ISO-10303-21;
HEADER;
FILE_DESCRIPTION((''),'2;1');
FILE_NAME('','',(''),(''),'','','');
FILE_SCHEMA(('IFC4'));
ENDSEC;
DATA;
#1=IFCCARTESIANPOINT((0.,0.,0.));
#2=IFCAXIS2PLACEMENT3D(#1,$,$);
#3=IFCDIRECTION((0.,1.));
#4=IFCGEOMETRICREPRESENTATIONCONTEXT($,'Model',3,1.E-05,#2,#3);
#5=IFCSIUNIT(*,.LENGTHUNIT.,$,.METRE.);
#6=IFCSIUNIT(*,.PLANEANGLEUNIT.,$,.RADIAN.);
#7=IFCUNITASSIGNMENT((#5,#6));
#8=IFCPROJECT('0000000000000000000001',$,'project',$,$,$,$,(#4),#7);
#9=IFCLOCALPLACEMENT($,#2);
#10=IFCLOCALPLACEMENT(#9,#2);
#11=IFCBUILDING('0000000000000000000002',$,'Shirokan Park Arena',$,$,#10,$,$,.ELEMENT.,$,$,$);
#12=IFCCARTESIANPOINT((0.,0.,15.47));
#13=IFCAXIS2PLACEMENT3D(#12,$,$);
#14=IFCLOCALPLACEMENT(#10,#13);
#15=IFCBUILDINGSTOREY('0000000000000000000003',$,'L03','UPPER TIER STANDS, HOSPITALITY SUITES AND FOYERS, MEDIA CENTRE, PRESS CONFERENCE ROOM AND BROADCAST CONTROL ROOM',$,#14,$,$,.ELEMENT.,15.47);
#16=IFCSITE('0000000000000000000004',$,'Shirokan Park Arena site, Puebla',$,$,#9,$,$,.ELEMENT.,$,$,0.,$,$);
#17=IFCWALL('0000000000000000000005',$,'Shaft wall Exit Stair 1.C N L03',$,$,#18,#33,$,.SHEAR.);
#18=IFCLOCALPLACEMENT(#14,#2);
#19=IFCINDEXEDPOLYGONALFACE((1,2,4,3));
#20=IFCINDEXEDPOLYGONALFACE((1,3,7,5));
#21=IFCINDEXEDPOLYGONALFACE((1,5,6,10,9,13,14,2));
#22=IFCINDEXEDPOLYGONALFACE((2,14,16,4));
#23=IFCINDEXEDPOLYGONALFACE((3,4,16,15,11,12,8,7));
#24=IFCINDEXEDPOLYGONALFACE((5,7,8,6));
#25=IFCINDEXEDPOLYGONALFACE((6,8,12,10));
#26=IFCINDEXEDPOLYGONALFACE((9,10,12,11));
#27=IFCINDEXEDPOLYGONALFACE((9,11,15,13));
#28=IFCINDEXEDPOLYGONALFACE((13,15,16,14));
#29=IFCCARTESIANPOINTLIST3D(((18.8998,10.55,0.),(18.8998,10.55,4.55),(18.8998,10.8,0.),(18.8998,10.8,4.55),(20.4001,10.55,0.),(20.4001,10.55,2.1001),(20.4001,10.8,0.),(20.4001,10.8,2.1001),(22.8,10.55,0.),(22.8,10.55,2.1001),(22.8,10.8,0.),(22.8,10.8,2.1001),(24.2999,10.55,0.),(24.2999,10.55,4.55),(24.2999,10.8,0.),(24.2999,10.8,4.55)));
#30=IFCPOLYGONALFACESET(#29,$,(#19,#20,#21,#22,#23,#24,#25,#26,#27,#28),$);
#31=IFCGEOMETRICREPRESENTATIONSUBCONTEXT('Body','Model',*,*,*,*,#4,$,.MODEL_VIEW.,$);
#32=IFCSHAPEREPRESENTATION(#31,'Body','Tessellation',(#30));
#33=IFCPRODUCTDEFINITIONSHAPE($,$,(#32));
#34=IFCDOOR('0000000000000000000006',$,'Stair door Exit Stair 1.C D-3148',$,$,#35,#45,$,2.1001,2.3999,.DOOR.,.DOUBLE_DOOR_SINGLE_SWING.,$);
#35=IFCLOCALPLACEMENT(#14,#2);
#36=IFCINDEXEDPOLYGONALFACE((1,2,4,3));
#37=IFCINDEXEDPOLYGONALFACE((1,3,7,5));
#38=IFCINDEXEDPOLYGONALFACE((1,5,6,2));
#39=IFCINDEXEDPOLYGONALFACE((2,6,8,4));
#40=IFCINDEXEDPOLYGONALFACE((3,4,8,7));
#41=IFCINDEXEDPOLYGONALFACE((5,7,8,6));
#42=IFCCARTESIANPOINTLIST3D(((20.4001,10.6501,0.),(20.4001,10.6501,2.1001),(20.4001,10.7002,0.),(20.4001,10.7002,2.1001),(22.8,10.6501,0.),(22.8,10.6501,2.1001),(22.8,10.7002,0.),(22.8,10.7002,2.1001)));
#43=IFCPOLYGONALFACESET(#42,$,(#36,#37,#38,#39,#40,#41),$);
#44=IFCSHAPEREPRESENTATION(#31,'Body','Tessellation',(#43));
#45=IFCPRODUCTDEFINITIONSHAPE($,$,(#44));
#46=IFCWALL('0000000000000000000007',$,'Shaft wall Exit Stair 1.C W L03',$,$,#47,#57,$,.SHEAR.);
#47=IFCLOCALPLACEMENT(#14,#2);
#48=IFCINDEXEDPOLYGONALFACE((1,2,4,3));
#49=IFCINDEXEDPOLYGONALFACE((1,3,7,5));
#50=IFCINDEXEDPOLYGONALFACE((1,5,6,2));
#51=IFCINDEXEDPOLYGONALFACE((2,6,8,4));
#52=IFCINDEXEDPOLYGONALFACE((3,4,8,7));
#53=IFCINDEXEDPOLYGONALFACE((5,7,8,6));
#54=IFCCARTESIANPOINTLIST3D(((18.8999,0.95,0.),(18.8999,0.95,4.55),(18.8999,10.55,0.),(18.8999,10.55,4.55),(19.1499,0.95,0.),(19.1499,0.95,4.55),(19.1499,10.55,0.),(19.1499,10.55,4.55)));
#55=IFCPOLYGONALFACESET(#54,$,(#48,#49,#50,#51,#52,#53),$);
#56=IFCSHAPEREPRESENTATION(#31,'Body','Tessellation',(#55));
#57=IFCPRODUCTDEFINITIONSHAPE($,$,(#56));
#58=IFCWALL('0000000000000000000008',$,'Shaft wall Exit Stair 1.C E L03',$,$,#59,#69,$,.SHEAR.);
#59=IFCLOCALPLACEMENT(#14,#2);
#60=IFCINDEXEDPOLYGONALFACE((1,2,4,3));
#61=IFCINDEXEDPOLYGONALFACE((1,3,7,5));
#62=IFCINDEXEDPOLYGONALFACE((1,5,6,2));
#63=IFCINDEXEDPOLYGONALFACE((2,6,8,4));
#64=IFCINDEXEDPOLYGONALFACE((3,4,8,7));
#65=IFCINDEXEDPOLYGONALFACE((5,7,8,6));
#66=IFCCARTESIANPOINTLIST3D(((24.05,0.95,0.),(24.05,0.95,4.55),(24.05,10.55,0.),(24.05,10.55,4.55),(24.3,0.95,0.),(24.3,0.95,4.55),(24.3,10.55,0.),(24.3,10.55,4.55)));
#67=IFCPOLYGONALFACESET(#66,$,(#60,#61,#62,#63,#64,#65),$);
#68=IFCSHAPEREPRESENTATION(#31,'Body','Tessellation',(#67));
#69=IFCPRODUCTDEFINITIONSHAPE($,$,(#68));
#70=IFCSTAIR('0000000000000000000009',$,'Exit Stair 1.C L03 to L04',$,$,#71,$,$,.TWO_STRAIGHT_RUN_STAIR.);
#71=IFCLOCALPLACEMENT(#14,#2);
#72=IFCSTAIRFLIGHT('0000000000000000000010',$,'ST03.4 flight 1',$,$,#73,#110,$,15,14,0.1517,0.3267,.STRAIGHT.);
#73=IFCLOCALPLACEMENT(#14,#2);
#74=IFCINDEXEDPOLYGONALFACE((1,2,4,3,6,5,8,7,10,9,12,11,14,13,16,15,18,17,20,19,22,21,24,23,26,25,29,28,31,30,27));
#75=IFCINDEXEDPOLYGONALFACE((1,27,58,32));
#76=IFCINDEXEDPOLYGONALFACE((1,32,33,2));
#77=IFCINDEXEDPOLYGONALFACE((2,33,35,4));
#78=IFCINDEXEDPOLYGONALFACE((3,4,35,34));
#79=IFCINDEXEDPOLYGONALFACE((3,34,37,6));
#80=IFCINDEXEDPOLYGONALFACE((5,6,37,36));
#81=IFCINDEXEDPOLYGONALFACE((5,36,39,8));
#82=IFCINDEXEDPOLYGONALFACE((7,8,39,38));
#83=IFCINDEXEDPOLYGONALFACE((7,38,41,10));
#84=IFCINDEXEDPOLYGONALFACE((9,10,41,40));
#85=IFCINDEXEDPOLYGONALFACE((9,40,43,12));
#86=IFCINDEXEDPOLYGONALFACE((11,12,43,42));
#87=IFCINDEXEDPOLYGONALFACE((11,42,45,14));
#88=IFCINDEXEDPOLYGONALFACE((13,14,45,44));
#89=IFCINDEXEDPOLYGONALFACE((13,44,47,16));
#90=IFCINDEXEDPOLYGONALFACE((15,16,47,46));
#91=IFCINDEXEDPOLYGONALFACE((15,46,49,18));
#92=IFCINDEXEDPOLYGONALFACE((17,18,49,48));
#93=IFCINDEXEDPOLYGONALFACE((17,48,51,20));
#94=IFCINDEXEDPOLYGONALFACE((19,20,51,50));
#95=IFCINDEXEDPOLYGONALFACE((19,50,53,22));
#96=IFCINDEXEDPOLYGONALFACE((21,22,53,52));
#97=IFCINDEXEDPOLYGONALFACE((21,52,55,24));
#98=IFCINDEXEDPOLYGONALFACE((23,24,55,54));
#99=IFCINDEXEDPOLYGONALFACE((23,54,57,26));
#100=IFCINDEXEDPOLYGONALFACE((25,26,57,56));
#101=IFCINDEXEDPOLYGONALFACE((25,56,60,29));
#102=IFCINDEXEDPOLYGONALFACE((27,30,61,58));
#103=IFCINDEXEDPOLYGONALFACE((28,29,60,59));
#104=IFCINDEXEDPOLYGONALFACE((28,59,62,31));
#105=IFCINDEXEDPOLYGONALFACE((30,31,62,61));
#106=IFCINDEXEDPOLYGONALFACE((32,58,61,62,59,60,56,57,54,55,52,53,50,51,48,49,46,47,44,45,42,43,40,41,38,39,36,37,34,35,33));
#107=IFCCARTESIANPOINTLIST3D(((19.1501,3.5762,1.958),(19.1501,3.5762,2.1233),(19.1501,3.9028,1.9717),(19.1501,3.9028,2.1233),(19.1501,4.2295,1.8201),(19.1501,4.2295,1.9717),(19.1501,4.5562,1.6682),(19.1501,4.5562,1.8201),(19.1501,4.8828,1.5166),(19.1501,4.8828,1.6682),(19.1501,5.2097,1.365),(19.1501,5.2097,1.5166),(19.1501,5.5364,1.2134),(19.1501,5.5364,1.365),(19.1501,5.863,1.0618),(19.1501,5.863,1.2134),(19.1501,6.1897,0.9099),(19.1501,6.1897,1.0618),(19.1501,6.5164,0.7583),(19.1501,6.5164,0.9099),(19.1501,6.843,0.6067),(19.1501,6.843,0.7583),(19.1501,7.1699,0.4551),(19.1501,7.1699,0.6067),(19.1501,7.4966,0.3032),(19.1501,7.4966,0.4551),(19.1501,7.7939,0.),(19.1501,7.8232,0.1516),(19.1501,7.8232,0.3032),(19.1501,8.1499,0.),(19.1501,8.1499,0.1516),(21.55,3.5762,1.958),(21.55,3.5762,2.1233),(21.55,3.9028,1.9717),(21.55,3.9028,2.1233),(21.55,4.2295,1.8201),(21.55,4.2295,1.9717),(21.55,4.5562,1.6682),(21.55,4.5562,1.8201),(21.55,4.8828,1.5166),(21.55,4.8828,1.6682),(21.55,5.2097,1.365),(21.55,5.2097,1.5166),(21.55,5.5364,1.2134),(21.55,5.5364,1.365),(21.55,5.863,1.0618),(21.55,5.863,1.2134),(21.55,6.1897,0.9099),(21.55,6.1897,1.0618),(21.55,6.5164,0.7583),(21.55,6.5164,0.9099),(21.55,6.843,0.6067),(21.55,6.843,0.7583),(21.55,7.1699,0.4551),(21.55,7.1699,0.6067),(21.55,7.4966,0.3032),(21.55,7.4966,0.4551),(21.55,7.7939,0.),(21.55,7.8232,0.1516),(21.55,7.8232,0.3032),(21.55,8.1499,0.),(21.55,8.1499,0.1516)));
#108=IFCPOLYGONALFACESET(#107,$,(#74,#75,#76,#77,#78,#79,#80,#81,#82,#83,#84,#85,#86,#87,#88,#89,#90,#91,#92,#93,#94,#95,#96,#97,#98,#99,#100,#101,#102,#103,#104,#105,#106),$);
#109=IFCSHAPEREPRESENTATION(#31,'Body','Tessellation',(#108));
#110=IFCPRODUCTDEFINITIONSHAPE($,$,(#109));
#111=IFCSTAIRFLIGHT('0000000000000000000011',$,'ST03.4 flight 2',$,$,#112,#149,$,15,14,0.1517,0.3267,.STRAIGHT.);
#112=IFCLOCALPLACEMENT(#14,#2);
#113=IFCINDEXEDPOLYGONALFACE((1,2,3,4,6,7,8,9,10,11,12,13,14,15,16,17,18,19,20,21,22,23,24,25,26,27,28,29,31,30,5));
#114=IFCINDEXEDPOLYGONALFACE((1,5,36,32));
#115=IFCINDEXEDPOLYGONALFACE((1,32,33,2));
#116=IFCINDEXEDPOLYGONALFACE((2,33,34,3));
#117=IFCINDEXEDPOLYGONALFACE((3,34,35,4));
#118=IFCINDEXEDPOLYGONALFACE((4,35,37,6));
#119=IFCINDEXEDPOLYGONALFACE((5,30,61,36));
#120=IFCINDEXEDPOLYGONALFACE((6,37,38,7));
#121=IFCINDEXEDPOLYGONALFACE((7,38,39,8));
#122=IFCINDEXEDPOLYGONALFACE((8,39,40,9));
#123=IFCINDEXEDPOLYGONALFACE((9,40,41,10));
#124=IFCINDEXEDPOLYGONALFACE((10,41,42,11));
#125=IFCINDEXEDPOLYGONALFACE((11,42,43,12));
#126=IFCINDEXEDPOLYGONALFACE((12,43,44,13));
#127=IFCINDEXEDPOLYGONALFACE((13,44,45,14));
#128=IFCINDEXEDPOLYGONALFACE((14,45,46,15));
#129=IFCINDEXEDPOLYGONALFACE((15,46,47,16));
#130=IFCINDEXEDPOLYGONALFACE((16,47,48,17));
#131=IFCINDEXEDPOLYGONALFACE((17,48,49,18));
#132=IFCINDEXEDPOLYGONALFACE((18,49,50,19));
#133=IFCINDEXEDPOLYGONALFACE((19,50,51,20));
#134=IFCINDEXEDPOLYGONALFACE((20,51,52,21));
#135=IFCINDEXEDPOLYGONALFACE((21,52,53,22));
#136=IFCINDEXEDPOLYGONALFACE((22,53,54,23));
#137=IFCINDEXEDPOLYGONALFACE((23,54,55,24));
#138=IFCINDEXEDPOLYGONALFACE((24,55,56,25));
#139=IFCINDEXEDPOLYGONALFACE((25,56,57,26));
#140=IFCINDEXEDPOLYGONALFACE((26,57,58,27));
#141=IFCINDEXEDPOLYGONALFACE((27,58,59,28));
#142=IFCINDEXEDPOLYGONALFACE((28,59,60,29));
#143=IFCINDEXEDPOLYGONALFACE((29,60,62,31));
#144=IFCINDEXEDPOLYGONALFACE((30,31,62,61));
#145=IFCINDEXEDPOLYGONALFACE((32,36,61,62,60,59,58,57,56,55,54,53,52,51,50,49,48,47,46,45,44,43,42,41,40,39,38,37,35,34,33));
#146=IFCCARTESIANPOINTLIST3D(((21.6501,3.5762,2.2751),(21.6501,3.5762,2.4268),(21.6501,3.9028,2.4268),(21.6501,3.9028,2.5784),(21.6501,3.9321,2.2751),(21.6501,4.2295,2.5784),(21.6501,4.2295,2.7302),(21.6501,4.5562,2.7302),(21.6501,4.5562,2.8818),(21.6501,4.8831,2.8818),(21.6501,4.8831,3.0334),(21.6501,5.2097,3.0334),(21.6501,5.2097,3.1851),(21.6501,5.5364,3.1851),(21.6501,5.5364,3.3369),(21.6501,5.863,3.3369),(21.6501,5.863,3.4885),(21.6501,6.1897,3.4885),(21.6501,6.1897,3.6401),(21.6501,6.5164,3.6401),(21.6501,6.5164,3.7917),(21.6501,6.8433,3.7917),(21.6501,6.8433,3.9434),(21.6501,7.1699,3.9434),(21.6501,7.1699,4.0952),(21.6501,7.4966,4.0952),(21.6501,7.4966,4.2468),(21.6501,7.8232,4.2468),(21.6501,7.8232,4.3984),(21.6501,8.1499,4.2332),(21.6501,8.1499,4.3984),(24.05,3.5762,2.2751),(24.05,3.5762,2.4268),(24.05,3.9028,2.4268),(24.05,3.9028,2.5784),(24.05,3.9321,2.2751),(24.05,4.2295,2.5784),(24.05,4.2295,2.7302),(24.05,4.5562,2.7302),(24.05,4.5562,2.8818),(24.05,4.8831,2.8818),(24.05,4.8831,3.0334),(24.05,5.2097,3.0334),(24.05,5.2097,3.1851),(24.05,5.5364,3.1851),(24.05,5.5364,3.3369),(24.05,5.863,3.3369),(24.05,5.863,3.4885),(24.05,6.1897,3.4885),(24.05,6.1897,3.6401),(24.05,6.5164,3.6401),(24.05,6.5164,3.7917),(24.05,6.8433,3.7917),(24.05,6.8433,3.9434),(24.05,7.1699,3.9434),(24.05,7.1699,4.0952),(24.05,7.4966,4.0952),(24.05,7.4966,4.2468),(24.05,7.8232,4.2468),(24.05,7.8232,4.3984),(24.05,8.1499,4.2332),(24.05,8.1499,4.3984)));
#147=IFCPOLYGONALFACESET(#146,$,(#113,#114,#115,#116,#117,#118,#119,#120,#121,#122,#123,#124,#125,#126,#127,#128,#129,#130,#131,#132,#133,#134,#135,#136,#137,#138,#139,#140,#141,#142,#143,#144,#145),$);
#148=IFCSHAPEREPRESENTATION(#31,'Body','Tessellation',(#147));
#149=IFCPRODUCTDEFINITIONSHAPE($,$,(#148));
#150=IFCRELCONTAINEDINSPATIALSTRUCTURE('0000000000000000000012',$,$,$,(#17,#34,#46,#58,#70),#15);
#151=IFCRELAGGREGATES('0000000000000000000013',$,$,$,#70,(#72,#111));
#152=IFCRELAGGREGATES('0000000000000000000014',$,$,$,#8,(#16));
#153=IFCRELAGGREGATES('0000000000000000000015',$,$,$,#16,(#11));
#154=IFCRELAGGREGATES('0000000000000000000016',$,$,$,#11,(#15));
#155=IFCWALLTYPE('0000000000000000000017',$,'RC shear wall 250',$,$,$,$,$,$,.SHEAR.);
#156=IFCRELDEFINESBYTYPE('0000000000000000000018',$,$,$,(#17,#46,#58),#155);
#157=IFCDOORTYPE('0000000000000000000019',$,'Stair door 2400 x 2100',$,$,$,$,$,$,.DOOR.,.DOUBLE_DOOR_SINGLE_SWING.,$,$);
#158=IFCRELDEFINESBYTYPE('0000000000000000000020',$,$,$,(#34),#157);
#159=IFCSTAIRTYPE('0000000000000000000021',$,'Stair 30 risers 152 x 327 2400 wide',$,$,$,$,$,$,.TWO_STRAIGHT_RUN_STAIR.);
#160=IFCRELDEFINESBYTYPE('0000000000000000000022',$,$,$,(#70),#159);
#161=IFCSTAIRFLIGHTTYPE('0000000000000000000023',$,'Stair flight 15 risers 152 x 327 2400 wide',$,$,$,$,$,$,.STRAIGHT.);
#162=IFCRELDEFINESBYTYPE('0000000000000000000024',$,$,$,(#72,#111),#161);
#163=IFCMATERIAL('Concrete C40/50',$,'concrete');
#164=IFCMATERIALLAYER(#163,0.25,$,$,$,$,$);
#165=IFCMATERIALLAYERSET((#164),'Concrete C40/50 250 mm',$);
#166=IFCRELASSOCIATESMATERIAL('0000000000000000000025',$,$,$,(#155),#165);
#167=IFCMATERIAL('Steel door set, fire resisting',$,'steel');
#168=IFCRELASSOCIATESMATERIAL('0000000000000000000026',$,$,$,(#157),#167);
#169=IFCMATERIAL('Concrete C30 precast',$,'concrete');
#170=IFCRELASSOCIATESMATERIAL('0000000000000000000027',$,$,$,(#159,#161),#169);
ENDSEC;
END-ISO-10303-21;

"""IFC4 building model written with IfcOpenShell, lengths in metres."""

from ifc_helpers import new_model, si_unit, direction, frame, frame_2d, origin, place, context, subcontext, project, spatial, polyline, rectangle, outline, extrude, material, layer, layer_set, type_object, element, fill, aggregate, save


model = new_model("IFC4")

# Units and contexts
model_context = context("Model", 3, precision=1e-05, world=origin(), true_north=direction((0.0, 1.0)))
body_context = subcontext(model_context, "Body", "Model", "MODEL_VIEW")
ifc_project = project(units=[si_unit("LENGTHUNIT", "METRE"), si_unit("PLANEANGLEUNIT", "RADIAN")], contexts=[model_context])

# Site, building, storey
site_placement = place(None, origin())
site = spatial("IfcSite", under=ifc_project, at=site_placement, Name="Shirokan Park Arena site, Puebla", CompositionType="ELEMENT", RefElevation=0.0)
building_placement = place(site_placement, origin())
building = spatial("IfcBuilding", under=site, at=building_placement, Name="Shirokan Park Arena", CompositionType="ELEMENT")
storey_placement = place(building_placement, frame((0.0, 0.0, 15.47)))
storey = spatial("IfcBuildingStorey", under=building, at=storey_placement, Name="L03", Description="UPPER TIER STANDS, HOSPITALITY SUITES AND FOYERS, MEDIA CENTRE, PRESS CONFERENCE ROOM AND BROADCAST CONTROL ROOM", CompositionType="ELEMENT", Elevation=15.47)

# Wall, opening, door
ifc_material_1 = material(Name="Concrete C40/50", Category="concrete")
ifc_layer_1 = layer(ifc_material_1, 0.25)
ifc_layer_set_1 = layer_set([ifc_layer_1], Name="Concrete C40/50 250 mm")
wall_type_1 = type_object("IfcWallType", Name="RC shear wall 250", PredefinedType="SHEAR", material=ifc_layer_set_1)
wall_1_placement = place(storey_placement, frame((24.3, 10.675, 0.0), z_axis=(0.0, 0.0, 1.0), x_axis=(-1.0, 0.0, 0.0)))
wall_1 = element("IfcWall", 1, at=wall_1_placement, inside=storey, type_object=wall_type_1, Name="Shaft wall Exit Stair 1.C N L03", PredefinedType="SHEAR", context=body_context, shape_type="SweptSolid", body=[
    extrude(rectangle(XDim=5.4001, YDim=0.25, at=frame_2d((2.7002, 0.0))), origin(), (0.0, 0.0, 1.0), 4.55),
])
opening_1_placement = place(wall_1_placement, frame((1.5, 0.0, 0.0)))
opening_1 = element("IfcOpeningElement", 2, at=opening_1_placement, cuts=wall_1, PredefinedType="OPENING", context=body_context, shape_type="SweptSolid", body=[
    extrude(rectangle(XDim=2.3999, YDim=2.1001, at=frame_2d((1.2, 1.05))), frame((0.0, 0.135, 0.0), z_axis=(0.0, -1.0, 0.0), x_axis=(1.0, 0.0, 0.0)), (0.0, 0.0, 1.0), 0.27),
])
ifc_material_2 = material(Name="Steel door set, fire resisting", Category="steel")
door_type_1 = type_object("IfcDoorType", Name="Stair door 2400 x 2100", OperationType="DOUBLE_DOOR_SINGLE_SWING", PredefinedType="DOOR", material=ifc_material_2)
door_1_placement = place(opening_1_placement, origin())
door_1 = element("IfcDoor", 3, at=door_1_placement, inside=storey, type_object=door_type_1, Name="Stair door Exit Stair 1.C D-3148", OperationType="DOUBLE_DOOR_SINGLE_SWING", OverallHeight=2.1001, OverallWidth=2.3999, PredefinedType="DOOR", context=body_context, shape_type="SweptSolid", body=[
    extrude(rectangle(XDim=2.3999, YDim=2.1001, at=frame_2d((1.2, 1.05))), frame((0.0, 0.0249, 0.0), z_axis=(0.0, -1.0, 0.0), x_axis=(1.0, 0.0, 0.0)), (0.0, 0.0, 1.0), 0.05),
])
fill(opening_1, door_1)

# Walls
for number, where, z_axis, x_axis, name in (
    (4, (19.0249, 10.55, 0.0), (0.0, 0.0, 1.0), (0.0, -1.0, 0.0), "Shaft wall Exit Stair 1.C W L03"),
    (5, (24.175, 10.55, 0.0), (0.0, 0.0, 1.0), (0.0, -1.0, 0.0), "Shaft wall Exit Stair 1.C E L03"),
):
    element("IfcWall", number, at=place(storey_placement, frame(where, z_axis=z_axis, x_axis=x_axis)), inside=storey, type_object=wall_type_1, Name=name, PredefinedType="SHEAR", context=body_context, shape_type="SweptSolid", body=[
        extrude(rectangle(XDim=9.6001, YDim=0.25, at=frame_2d((4.8, 0.0))), origin(), (0.0, 0.0, 1.0), 4.55),
    ])

# Stair, stair flights
ifc_material_3 = material(Name="Concrete C30 precast", Category="concrete")
stair_type = type_object("IfcStairType", Name="Stair 30 risers 152 x 327 2400 wide", PredefinedType="TWO_STRAIGHT_RUN_STAIR", material=ifc_material_3)
stair_placement = place(storey_placement, origin())
stair = element("IfcStair", 6, at=stair_placement, inside=storey, type_object=stair_type, Name="Exit Stair 1.C L03 to L04", PredefinedType="TWO_STRAIGHT_RUN_STAIR")
stair_flight_type = type_object("IfcStairFlightType", Name="Stair flight 15 risers 152 x 327 2400 wide", PredefinedType="STRAIGHT", material=ifc_material_3)
stair_flight_1_placement = place(storey_placement, frame((20.3501, 8.1499, 0.0), z_axis=(0.0, 0.0, 1.0), x_axis=(0.0, -1.0, 0.0)))
stair_flight_1 = element("IfcStairFlight", 7, at=stair_flight_1_placement, type_object=stair_flight_type, Name="ST03.4 flight 1", NumberOfRisers=15, NumberOfTreads=14, PredefinedType="STRAIGHT", RiserHeight=0.1517, TreadLength=0.3267, context=body_context, shape_type="SweptSolid", body=[
    extrude(outline(polyline([(0.0, 0.0), (0.0, 0.1516), (0.3267, 0.1516), (0.3267, 0.3032), (0.6533, 0.3032), (0.6533, 0.4551), (0.98, 0.4551), (0.98, 0.6067), (1.3069, 0.6067), (1.3069, 0.7583), (1.6335, 0.7583), (1.6335, 0.9099), (1.9602, 0.9099), (1.9602, 1.0618), (2.2869, 1.0618), (2.2869, 1.2134), (2.6135, 1.2134), (2.6135, 1.365), (2.9402, 1.365), (2.9402, 1.5166), (3.2671, 1.5166), (3.2671, 1.6682), (3.5938, 1.6682), (3.5938, 1.8201), (3.9204, 1.8201), (3.9204, 1.9717), (4.2471, 1.9717), (4.2471, 2.1233), (4.5737, 2.1233), (4.5737, 2.2749), (4.5737, 1.958), (0.356, 0.0), (0.0, 0.0)])), frame((0.0, 1.2, 0.0), z_axis=(0.0, -1.0, 0.0), x_axis=(1.0, 0.0, 0.0)), (0.0, 0.0, 1.0), 2.3999),
])
stair_flight_2_placement = place(storey_placement, frame((22.8501, 3.5762, 2.2751), z_axis=(0.0, 0.0, 1.0), x_axis=(0.0, 1.0, 0.0)))
stair_flight_2 = element("IfcStairFlight", 8, at=stair_flight_2_placement, type_object=stair_flight_type, Name="ST03.4 flight 2", NumberOfRisers=15, NumberOfTreads=14, PredefinedType="STRAIGHT", RiserHeight=0.1517, TreadLength=0.3267, context=body_context, shape_type="SweptSolid", body=[
    extrude(outline(polyline([(0.0, 0.0), (0.0, 0.1516), (0.3267, 0.1516), (0.3267, 0.3032), (0.6533, 0.3032), (0.6533, 0.4551), (0.98, 0.4551), (0.98, 0.6067), (1.3069, 0.6067), (1.3069, 0.7583), (1.6335, 0.7583), (1.6335, 0.9099), (1.9602, 0.9099), (1.9602, 1.0618), (2.2869, 1.0618), (2.2869, 1.2134), (2.6135, 1.2134), (2.6135, 1.365), (2.9402, 1.365), (2.9402, 1.5166), (3.2671, 1.5166), (3.2671, 1.6682), (3.5938, 1.6682), (3.5938, 1.8201), (3.9204, 1.8201), (3.9204, 1.9717), (4.2471, 1.9717), (4.2471, 2.1233), (4.5737, 2.1233), (4.5737, 2.2749), (4.5737, 1.958), (0.356, 0.0), (0.0, 0.0)])), frame((0.0, 1.2, 0.0), z_axis=(0.0, -1.0, 0.0), x_axis=(1.0, 0.0, 0.0)), (0.0, 0.0, 1.0), 2.3999),
])
aggregate(stair, [stair_flight_1, stair_flight_2])

save(model, "model.ifc")
